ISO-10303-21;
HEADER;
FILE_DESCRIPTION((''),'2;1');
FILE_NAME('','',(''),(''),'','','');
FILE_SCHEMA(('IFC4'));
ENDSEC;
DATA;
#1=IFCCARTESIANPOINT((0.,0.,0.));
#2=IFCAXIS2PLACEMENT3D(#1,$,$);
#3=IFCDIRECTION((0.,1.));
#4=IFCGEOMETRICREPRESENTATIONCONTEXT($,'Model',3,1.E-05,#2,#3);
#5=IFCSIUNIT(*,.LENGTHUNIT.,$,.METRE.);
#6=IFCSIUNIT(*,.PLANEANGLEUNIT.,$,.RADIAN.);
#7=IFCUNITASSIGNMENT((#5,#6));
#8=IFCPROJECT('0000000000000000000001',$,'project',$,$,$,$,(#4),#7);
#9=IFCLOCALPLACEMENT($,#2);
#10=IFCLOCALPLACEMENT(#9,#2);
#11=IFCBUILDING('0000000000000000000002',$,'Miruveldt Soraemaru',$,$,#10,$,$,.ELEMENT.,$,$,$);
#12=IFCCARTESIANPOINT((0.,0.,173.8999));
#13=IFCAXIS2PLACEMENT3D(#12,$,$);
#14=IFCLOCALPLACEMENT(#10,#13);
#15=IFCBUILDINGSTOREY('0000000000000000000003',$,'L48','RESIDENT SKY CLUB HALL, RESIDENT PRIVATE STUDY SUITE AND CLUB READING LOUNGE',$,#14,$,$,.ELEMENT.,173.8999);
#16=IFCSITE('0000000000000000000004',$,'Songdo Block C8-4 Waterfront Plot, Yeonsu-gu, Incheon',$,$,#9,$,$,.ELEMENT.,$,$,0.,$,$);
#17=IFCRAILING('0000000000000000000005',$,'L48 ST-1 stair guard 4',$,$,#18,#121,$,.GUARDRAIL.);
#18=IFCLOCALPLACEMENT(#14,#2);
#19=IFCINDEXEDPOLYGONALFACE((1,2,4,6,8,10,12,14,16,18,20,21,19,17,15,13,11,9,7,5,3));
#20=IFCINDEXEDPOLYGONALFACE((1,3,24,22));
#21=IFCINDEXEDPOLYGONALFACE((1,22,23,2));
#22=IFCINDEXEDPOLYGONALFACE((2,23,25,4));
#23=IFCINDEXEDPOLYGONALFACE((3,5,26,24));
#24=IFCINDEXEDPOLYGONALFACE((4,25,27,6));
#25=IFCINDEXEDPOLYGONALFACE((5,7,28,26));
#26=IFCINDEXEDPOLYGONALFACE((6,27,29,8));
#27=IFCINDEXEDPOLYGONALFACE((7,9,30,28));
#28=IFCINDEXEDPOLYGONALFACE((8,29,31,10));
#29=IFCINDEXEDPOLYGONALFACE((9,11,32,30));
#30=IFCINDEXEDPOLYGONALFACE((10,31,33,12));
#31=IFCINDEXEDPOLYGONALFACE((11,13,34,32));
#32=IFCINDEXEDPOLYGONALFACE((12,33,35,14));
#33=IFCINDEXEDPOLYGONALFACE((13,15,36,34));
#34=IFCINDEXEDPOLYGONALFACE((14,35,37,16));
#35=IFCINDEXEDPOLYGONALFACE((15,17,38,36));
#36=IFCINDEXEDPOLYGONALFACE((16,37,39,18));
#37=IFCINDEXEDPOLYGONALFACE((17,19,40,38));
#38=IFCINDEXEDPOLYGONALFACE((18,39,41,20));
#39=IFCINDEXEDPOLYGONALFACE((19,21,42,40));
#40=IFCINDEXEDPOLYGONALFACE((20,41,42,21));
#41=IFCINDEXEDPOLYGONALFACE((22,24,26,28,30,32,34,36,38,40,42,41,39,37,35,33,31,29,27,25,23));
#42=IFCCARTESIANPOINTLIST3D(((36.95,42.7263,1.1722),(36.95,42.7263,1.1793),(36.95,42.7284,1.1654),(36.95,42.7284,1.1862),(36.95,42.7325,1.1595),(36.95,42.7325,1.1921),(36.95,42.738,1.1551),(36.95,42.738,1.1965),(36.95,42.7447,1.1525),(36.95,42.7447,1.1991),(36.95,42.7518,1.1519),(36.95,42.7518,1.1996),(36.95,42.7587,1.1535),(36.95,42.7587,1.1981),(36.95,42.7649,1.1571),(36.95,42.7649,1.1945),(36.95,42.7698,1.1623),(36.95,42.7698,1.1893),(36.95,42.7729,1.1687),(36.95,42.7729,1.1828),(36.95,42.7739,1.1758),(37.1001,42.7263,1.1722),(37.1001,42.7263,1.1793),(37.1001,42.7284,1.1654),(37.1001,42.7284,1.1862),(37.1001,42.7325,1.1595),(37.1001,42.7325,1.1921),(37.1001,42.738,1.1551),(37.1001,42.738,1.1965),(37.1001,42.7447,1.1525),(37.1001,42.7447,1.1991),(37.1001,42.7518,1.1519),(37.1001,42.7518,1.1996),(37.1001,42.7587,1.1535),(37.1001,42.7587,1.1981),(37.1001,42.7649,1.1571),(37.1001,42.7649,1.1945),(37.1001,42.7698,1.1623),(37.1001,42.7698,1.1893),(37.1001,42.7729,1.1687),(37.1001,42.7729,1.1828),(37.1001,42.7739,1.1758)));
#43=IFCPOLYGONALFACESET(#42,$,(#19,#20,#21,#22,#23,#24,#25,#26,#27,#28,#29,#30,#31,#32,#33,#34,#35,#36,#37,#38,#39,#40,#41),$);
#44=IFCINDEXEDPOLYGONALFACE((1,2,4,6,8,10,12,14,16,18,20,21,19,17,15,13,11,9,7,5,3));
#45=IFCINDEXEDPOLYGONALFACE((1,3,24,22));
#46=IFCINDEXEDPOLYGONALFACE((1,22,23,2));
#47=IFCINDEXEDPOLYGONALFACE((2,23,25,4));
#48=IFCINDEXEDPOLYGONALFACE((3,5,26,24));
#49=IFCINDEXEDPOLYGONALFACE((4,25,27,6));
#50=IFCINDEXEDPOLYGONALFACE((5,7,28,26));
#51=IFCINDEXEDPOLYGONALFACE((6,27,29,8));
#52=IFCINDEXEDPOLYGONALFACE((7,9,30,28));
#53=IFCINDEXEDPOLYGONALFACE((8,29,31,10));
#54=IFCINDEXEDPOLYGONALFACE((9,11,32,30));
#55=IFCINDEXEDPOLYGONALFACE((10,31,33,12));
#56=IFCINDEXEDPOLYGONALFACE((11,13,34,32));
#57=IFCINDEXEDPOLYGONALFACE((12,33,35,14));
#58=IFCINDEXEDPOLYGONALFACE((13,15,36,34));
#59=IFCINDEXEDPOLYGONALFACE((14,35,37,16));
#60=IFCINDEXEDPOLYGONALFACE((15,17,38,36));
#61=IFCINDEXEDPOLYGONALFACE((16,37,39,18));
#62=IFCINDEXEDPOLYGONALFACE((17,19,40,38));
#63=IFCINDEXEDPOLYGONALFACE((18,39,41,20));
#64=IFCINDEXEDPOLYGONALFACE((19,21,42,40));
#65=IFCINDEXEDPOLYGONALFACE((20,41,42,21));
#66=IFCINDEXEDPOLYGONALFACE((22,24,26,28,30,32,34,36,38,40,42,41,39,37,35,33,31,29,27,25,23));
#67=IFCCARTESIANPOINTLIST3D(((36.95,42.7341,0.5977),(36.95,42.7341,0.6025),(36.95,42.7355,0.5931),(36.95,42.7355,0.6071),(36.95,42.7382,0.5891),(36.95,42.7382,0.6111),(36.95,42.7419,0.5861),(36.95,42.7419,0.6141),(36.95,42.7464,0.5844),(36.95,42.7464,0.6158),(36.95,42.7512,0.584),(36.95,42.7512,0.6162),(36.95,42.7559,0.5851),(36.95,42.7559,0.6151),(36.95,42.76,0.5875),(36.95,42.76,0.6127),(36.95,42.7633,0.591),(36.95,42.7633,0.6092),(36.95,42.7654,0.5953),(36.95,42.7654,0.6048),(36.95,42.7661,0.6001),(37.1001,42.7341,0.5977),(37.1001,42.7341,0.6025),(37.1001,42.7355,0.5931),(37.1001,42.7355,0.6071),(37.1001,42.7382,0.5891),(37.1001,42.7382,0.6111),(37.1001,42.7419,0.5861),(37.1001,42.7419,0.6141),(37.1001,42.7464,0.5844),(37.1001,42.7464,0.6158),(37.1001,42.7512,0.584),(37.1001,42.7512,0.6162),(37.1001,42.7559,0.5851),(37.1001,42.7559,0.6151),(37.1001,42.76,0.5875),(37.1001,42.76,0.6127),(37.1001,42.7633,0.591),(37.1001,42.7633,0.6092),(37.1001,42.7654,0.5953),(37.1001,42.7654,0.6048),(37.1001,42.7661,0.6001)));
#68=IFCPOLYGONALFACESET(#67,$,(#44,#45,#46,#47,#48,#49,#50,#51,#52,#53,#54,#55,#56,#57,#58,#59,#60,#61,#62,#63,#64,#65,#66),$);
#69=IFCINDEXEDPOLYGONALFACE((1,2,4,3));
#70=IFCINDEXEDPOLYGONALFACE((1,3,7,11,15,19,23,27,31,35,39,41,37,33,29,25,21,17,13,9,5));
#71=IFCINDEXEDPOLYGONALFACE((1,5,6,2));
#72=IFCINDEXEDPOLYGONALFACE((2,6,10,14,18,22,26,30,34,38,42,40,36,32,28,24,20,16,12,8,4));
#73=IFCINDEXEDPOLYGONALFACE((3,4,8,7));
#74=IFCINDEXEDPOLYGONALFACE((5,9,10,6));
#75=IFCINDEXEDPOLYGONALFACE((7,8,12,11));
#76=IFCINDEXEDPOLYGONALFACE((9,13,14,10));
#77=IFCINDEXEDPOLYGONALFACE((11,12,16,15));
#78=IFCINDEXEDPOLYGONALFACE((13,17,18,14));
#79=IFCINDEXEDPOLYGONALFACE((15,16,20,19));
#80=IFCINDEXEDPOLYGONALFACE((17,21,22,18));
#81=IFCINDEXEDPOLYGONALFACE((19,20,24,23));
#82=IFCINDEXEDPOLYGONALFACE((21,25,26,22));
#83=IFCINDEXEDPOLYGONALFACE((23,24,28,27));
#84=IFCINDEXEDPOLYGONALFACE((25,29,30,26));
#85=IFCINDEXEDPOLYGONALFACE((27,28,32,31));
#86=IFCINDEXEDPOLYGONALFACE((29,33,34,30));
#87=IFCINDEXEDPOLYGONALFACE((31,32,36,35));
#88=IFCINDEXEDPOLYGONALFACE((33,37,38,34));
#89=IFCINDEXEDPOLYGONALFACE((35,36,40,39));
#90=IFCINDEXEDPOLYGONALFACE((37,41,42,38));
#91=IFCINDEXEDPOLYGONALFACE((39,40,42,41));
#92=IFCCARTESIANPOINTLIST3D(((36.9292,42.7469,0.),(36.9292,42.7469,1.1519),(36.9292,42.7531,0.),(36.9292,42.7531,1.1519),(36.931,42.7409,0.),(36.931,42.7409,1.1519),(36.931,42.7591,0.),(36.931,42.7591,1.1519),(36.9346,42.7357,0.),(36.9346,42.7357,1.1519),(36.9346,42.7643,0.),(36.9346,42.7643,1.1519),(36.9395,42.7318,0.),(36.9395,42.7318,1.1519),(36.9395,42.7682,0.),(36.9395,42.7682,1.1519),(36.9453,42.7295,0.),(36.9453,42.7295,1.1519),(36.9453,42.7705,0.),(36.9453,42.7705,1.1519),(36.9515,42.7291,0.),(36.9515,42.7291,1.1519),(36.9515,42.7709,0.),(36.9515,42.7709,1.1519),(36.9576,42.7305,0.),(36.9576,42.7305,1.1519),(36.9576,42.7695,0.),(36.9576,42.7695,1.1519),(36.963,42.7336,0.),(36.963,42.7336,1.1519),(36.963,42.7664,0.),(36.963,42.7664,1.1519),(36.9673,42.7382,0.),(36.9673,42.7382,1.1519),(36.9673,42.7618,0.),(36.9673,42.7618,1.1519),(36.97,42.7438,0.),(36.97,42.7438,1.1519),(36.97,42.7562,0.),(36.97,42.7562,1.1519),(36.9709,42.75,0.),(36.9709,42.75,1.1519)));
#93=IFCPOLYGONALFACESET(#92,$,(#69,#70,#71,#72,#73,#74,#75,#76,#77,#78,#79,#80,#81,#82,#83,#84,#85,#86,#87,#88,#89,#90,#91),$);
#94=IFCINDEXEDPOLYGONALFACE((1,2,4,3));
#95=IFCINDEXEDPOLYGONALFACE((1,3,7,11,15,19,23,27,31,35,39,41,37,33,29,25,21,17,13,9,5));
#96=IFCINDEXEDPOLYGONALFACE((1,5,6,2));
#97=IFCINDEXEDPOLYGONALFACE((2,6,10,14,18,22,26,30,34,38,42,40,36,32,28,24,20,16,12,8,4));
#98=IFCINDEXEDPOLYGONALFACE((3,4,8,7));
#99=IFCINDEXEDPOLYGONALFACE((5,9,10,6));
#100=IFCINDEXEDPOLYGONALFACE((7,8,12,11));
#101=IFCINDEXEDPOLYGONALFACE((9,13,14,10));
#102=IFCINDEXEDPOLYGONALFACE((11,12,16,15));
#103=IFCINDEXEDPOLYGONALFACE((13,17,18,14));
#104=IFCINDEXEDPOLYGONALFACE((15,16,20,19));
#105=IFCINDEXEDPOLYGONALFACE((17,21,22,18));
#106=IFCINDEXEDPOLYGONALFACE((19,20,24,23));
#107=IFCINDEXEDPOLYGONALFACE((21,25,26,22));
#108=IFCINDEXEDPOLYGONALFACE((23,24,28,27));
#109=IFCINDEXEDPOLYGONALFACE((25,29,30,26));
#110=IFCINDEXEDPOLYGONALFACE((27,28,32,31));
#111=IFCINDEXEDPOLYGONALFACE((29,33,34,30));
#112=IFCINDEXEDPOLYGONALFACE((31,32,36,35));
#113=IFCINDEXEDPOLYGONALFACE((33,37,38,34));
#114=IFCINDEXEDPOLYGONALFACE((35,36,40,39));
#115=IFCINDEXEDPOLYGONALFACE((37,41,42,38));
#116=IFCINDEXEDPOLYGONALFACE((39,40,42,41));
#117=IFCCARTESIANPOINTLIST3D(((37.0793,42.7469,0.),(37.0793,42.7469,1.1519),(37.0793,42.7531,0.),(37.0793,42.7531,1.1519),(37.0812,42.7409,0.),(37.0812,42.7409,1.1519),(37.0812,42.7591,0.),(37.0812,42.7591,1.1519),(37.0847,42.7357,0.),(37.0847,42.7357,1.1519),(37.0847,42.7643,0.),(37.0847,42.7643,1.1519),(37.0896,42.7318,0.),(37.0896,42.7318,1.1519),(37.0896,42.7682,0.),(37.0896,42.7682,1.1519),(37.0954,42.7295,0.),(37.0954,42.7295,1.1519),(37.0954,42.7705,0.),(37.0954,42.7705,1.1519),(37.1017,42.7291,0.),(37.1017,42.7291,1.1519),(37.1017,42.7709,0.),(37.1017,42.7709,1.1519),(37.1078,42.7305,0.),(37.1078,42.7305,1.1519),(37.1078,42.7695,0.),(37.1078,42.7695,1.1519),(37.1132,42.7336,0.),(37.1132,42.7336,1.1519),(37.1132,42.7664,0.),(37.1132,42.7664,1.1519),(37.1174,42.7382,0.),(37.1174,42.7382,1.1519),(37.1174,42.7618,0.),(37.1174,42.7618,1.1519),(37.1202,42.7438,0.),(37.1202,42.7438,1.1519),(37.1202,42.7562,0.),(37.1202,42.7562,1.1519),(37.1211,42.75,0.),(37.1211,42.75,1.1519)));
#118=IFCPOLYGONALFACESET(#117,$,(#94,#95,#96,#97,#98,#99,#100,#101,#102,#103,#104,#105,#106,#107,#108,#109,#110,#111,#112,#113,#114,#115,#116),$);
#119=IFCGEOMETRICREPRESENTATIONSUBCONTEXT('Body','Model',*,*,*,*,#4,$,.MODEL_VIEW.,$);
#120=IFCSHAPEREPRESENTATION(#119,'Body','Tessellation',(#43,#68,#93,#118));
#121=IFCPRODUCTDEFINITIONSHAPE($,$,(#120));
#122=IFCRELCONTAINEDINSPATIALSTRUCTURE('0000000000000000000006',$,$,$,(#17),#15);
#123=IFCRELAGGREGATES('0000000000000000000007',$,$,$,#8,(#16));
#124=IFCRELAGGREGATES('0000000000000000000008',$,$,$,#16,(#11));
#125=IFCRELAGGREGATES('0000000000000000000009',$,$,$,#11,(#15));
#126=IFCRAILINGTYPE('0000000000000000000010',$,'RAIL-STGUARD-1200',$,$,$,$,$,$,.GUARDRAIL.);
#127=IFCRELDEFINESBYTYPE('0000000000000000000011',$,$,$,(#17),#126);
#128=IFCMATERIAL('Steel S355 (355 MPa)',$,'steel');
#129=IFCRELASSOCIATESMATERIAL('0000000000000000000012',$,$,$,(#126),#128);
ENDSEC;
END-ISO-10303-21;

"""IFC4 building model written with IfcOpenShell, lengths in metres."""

from ifc_helpers import new_model, si_unit, direction, frame, origin, origin_2d, place, context, subcontext, project, spatial, circle, extrude, material, type_object, element, save


model = new_model("IFC4")

# Units and contexts
model_context = context("Model", 3, precision=1e-05, world=origin(), true_north=direction((0.0, 1.0)))
body_context = subcontext(model_context, "Body", "Model", "MODEL_VIEW")
ifc_project = project(units=[si_unit("LENGTHUNIT", "METRE"), si_unit("PLANEANGLEUNIT", "RADIAN")], contexts=[model_context])

# Site, building, storey
site_placement = place(None, origin())
site = spatial("IfcSite", under=ifc_project, at=site_placement, Name="Songdo Block C8-4 Waterfront Plot, Yeonsu-gu, Incheon", CompositionType="ELEMENT", RefElevation=0.0)
building_placement = place(site_placement, origin())
building = spatial("IfcBuilding", under=site, at=building_placement, Name="Miruveldt Soraemaru", CompositionType="ELEMENT")
storey_placement = place(building_placement, frame((0.0, 0.0, 173.8999)))
storey = spatial("IfcBuildingStorey", under=building, at=storey_placement, Name="L48", Description="RESIDENT SKY CLUB HALL, RESIDENT PRIVATE STUDY SUITE AND CLUB READING LOUNGE", CompositionType="ELEMENT", Elevation=173.8999)

# Railing
ifc_material_1 = material(Name="Steel S355 (355 MPa)", Category="steel")
railing_type_1 = type_object("IfcRailingType", Name="RAIL-STGUARD-1200", PredefinedType="GUARDRAIL", material=ifc_material_1)
railing_1_placement = place(storey_placement, frame((36.95, 42.75, 0.0)))
element("IfcRailing", 1, at=railing_1_placement, inside=storey, type_object=railing_type_1, Name="L48 ST-1 stair guard 4", PredefinedType="GUARDRAIL", context=body_context, shape_type="SweptSolid", body=[
    extrude(circle(Radius=0.0239, at=origin_2d()), frame((0.0, 0.0, 1.1758), z_axis=(1.0, 0.0, 0.0), x_axis=(0.0, 1.0, 0.0)), (0.0, 0.0, 1.0), 0.1501),
    extrude(circle(Radius=0.0161, at=origin_2d()), frame((0.0, 0.0, 0.6001), z_axis=(1.0, 0.0, 0.0), x_axis=(0.0, 1.0, 0.0)), (0.0, 0.0, 1.0), 0.1501),
    extrude(circle(Radius=0.021, at=origin_2d()), origin(), (0.0, 0.0, 1.0), 1.1519),
    extrude(circle(Radius=0.021, at=origin_2d()), frame((0.1501, 0.0, 0.0)), (0.0, 0.0, 1.0), 1.1519),
])

save(model, "model.ifc")
